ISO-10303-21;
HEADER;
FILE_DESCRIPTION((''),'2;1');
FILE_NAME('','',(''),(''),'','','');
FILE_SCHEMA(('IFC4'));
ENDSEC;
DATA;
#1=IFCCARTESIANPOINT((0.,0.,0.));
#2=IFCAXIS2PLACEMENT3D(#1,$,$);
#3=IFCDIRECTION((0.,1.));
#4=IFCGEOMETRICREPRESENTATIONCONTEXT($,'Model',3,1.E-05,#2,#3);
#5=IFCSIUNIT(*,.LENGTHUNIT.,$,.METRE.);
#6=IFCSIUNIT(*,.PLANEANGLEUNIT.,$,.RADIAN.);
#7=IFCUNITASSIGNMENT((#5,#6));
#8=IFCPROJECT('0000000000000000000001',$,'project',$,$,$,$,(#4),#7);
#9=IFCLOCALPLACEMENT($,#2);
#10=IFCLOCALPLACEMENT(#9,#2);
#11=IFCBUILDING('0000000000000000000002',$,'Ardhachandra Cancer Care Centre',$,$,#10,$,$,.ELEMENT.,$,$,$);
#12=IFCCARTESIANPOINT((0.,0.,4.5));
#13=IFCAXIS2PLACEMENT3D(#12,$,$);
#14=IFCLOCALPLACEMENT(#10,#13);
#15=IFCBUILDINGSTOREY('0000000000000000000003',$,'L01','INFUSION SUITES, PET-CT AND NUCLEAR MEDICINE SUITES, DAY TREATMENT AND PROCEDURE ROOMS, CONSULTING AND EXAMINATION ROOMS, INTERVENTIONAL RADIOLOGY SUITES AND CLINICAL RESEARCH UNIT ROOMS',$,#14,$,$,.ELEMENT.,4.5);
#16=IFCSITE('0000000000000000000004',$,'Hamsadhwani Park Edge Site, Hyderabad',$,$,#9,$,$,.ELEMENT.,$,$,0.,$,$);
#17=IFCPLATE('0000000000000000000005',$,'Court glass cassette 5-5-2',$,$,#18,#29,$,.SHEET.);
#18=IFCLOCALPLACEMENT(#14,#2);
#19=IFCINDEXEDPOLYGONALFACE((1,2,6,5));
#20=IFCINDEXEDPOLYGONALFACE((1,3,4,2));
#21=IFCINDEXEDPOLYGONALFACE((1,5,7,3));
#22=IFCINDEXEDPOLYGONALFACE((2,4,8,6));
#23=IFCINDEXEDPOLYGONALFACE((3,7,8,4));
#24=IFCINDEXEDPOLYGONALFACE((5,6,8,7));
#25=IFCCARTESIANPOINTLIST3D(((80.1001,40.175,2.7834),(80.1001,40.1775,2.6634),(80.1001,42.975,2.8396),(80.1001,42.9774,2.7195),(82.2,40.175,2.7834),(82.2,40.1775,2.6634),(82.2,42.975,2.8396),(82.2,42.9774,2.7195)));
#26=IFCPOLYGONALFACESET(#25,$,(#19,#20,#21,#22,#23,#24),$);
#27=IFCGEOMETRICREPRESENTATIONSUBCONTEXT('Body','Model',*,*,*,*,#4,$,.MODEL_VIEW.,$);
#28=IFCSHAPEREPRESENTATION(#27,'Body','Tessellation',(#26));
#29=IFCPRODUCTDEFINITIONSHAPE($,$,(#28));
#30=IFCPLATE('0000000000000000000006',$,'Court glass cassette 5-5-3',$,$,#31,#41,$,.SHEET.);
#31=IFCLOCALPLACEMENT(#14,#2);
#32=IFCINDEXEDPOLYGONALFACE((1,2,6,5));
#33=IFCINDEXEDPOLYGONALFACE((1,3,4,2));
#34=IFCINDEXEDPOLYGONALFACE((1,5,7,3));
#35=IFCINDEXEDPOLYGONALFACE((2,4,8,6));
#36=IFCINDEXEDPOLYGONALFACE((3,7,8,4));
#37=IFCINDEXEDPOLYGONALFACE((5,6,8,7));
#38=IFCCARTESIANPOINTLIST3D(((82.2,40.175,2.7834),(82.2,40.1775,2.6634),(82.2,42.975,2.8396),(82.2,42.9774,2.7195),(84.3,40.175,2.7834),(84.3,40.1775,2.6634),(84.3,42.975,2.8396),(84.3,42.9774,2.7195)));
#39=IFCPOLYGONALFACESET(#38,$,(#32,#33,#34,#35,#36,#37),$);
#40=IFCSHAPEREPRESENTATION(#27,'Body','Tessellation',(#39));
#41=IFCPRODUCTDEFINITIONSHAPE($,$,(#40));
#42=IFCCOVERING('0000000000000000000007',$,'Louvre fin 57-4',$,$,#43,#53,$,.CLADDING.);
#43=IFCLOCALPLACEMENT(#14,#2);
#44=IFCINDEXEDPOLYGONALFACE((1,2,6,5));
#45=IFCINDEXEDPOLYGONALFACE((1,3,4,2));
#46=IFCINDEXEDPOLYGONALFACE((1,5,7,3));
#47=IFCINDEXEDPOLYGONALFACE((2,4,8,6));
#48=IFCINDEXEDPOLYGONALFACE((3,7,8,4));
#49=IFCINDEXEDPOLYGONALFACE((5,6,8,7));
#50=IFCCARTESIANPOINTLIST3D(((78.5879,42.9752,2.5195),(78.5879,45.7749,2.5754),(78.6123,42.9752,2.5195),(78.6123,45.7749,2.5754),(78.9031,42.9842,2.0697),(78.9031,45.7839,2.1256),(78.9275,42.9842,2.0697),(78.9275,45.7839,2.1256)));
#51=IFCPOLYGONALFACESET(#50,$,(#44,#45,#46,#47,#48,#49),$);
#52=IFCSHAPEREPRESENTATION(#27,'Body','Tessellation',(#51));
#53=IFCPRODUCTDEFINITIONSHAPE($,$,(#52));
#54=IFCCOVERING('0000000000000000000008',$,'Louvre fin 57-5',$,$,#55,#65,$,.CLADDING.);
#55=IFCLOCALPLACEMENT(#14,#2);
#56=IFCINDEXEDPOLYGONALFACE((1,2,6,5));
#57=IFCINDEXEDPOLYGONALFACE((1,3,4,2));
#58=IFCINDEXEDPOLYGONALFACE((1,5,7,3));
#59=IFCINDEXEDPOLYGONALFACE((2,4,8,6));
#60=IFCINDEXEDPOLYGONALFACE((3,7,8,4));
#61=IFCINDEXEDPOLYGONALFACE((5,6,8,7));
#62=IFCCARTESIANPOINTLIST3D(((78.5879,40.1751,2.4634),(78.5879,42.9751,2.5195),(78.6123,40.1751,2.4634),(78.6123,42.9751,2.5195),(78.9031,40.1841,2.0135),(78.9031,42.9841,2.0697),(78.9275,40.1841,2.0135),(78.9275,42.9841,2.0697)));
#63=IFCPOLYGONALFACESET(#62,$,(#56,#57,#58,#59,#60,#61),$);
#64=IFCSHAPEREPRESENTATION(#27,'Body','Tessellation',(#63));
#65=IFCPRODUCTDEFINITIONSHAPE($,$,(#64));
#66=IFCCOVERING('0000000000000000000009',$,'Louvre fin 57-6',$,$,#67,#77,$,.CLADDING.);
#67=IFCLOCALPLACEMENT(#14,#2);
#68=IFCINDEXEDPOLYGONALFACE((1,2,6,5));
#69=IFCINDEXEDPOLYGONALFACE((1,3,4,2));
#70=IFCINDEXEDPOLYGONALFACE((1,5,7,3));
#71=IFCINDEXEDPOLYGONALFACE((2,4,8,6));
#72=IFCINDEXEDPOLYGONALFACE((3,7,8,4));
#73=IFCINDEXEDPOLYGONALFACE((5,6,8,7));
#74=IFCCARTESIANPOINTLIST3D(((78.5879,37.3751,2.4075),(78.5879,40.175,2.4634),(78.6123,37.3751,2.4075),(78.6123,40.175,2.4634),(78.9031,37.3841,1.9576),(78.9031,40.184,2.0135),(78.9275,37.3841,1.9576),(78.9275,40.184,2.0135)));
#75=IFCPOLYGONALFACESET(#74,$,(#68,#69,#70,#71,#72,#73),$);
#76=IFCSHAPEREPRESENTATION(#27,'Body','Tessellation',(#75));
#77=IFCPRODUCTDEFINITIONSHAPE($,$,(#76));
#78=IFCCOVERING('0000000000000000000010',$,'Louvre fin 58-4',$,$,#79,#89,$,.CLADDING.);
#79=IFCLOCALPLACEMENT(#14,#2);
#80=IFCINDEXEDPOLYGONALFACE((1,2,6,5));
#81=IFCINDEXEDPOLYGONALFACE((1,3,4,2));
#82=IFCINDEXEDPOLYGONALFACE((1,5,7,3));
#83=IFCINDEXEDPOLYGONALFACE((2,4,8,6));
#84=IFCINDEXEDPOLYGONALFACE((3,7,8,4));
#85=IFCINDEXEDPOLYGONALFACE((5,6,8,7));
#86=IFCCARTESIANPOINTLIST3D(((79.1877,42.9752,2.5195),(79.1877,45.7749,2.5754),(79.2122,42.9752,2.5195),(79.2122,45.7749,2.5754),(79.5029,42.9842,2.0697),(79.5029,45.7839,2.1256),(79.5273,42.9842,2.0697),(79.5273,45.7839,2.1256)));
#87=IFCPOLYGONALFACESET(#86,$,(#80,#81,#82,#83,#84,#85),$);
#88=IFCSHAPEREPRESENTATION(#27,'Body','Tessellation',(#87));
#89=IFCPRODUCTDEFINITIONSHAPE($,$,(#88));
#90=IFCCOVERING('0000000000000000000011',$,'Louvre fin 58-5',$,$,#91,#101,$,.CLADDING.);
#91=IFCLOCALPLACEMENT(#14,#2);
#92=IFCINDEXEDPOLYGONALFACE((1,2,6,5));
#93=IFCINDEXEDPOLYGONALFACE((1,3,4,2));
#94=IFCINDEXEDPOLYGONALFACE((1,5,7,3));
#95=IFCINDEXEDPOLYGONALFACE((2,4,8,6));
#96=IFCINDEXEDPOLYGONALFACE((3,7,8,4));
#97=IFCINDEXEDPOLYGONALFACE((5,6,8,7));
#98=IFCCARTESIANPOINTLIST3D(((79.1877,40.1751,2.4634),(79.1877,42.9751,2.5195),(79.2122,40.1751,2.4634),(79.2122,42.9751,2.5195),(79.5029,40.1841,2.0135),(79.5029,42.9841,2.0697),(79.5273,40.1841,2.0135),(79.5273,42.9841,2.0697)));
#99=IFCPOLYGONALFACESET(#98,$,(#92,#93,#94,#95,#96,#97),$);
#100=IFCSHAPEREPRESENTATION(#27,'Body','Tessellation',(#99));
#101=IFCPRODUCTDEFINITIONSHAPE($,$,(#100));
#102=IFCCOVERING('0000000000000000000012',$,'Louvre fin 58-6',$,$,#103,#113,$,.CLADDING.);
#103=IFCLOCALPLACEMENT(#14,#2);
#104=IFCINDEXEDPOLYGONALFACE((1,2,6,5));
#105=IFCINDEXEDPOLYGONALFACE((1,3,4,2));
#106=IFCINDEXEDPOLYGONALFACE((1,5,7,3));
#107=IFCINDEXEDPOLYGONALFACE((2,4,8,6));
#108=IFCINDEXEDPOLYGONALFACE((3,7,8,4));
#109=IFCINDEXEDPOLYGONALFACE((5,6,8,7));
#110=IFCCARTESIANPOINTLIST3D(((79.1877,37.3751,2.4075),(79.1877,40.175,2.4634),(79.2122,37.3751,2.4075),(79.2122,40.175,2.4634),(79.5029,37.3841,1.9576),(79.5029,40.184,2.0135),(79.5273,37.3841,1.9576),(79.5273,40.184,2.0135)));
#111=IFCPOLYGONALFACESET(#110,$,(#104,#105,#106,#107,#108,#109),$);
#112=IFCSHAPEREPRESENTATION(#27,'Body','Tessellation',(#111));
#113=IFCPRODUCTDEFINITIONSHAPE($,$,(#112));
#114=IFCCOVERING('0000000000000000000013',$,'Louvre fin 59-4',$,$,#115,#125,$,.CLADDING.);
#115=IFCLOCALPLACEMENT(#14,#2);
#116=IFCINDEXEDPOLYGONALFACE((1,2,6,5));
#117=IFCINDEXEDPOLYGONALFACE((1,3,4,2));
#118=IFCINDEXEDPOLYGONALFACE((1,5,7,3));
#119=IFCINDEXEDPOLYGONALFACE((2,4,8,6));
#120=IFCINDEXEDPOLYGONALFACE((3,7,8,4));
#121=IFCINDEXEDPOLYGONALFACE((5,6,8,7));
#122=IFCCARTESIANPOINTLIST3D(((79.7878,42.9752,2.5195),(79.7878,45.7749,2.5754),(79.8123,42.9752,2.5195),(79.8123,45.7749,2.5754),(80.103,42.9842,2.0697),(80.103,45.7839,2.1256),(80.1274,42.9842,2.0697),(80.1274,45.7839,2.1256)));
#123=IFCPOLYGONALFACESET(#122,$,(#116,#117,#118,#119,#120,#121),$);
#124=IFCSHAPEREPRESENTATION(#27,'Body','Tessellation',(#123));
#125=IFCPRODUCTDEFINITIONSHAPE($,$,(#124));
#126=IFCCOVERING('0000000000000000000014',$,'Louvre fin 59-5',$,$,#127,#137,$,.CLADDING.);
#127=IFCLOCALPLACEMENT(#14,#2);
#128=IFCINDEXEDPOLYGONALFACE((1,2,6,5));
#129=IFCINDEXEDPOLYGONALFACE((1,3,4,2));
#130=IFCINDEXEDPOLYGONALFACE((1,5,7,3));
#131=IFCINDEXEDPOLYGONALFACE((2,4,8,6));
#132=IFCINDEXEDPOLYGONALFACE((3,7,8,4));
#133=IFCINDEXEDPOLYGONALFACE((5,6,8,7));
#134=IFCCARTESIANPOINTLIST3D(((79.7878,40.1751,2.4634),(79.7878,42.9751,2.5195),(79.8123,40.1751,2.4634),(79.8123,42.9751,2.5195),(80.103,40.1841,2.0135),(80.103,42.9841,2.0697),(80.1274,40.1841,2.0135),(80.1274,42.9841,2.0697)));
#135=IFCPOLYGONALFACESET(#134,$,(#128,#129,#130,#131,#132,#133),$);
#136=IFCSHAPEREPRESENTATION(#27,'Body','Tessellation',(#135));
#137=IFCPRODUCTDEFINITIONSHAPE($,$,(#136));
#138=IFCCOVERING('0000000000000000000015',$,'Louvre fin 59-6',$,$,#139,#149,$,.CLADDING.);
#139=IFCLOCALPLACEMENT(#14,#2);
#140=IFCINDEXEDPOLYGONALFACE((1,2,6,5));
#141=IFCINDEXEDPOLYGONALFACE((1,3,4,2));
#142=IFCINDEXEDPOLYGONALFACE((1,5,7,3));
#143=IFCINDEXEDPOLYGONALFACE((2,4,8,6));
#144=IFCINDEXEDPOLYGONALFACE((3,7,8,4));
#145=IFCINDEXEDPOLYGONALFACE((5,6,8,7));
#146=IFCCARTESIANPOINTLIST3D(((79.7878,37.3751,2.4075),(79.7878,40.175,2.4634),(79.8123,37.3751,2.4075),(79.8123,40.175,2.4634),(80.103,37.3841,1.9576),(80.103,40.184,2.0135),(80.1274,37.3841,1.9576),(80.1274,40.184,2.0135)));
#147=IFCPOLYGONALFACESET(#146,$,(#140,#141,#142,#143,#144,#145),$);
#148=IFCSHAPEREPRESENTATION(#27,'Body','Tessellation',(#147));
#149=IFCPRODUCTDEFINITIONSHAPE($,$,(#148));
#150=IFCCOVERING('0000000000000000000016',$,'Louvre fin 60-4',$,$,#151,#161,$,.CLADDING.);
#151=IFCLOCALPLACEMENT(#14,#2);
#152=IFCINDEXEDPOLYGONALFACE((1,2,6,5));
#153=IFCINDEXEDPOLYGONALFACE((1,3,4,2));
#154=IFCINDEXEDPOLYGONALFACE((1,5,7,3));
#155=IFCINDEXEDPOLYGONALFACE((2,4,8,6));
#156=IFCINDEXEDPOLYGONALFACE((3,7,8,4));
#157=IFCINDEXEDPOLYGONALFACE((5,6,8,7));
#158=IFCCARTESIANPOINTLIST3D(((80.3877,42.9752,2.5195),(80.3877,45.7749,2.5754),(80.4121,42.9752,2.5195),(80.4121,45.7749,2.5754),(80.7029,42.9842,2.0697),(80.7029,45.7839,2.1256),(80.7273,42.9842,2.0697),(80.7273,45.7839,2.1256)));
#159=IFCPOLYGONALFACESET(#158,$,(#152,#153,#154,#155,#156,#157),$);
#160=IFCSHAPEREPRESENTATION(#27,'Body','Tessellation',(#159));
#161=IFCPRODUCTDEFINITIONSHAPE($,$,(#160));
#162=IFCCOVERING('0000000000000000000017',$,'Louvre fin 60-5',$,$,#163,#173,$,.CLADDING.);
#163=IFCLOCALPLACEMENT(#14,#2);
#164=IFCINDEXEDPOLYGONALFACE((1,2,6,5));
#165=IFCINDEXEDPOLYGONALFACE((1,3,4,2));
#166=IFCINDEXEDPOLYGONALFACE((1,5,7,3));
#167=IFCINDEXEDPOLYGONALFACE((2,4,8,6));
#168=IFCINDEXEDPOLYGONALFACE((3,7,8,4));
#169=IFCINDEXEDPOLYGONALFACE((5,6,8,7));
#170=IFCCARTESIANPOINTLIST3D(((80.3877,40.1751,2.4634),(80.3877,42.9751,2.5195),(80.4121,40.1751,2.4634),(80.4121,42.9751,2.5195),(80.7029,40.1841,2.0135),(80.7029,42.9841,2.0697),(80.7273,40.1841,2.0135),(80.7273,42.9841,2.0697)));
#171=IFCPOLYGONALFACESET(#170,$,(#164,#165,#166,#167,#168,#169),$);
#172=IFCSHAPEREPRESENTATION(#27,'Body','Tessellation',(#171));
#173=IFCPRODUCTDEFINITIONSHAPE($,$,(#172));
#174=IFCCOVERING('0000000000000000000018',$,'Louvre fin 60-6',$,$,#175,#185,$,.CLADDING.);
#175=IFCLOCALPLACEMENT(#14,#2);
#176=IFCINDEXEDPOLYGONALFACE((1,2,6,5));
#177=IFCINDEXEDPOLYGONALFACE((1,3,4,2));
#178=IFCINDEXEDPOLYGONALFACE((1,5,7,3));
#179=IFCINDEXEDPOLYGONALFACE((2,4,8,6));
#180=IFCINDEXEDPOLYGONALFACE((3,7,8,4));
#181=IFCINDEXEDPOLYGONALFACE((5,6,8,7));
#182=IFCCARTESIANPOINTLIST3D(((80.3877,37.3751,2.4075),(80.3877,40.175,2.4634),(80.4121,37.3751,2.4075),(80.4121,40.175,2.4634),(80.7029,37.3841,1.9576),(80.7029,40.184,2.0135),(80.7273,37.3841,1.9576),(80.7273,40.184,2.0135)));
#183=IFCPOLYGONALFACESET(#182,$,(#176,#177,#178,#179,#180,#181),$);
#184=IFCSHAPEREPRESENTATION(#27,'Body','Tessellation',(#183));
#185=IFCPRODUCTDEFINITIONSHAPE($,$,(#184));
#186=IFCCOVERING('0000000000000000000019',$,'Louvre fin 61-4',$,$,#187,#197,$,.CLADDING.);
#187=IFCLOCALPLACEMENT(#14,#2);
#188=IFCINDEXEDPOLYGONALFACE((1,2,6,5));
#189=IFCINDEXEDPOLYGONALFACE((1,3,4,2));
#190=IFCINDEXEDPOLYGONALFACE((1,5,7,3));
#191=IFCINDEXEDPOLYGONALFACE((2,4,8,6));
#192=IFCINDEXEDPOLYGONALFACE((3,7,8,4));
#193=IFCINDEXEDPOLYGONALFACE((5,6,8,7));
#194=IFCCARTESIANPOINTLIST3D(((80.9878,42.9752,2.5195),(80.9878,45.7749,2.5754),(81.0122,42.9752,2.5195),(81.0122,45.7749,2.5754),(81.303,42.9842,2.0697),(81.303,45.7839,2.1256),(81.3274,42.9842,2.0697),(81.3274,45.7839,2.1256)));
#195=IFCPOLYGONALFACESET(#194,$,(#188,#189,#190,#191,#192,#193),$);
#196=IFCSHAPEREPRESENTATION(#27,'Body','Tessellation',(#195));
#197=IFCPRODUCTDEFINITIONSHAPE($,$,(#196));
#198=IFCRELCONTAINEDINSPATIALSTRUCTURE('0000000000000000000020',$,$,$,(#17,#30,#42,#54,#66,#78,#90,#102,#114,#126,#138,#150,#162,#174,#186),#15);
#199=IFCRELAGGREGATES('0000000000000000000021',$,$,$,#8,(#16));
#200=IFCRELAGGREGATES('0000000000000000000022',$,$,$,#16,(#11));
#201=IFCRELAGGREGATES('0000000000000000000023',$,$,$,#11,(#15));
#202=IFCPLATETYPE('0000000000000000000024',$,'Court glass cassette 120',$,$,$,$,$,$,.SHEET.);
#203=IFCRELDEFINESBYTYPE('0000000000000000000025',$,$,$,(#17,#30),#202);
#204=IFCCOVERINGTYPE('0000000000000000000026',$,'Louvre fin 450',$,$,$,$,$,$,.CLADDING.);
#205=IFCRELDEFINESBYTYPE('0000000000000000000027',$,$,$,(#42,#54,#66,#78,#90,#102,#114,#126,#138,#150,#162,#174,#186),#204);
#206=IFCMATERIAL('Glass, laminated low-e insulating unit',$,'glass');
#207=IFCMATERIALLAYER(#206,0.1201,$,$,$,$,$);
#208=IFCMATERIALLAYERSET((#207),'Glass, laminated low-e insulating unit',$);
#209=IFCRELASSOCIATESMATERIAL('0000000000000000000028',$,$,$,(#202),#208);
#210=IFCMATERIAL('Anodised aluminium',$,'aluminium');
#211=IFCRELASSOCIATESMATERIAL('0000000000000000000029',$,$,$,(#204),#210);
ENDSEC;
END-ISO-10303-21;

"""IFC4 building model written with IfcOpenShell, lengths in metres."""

from ifc_helpers import new_model, si_unit, direction, frame, origin, place, context, subcontext, project, spatial, polyline, outline, extrude, material, layer, layer_set, material_profile, profile_set, type_object, element, save


model = new_model("IFC4")

# Units and contexts
model_context = context("Model", 3, precision=1e-05, world=origin(), true_north=direction((0.0, 1.0)))
body_context = subcontext(model_context, "Body", "Model", "MODEL_VIEW")
ifc_project = project(units=[si_unit("LENGTHUNIT", "METRE"), si_unit("PLANEANGLEUNIT", "RADIAN")], contexts=[model_context])

# Site, building, storey
site_placement = place(None, origin())
site = spatial("IfcSite", under=ifc_project, at=site_placement, Name="Hamsadhwani Park Edge Site, Hyderabad", CompositionType="ELEMENT", RefElevation=0.0)
building_placement = place(site_placement, origin())
building = spatial("IfcBuilding", under=site, at=building_placement, Name="Ardhachandra Cancer Care Centre", CompositionType="ELEMENT")
storey_placement = place(building_placement, frame((0.0, 0.0, 4.5)))
storey = spatial("IfcBuildingStorey", under=building, at=storey_placement, Name="L01", Description="INFUSION SUITES, PET-CT AND NUCLEAR MEDICINE SUITES, DAY TREATMENT AND PROCEDURE ROOMS, CONSULTING AND EXAMINATION ROOMS, INTERVENTIONAL RADIOLOGY SUITES AND CLINICAL RESEARCH UNIT ROOMS", CompositionType="ELEMENT", Elevation=4.5)

# Plates
ifc_material_1 = material(Name="Glass, laminated low-e insulating unit", Category="glass")
ifc_layer = layer(ifc_material_1, 0.1201)
ifc_layer_set = layer_set([ifc_layer], Name="Glass, laminated low-e insulating unit")
plate_type = type_object("IfcPlateType", Name="Court glass cassette 120", PredefinedType="SHEET", material=ifc_layer_set)
plate_1_placement = place(storey_placement, frame((80.1001, 40.175, 2.7834), z_axis=(0.0, -0.02005, 0.999799), x_axis=(0.0, 0.999799, 0.02005)))
element("IfcPlate", 1, at=plate_1_placement, inside=storey, type_object=plate_type, Name="Court glass cassette 5-5-2", PredefinedType="SHEET", context=body_context, shape_type="SweptSolid", body=[
    extrude(outline(polyline([(0.0, -2.0999), (2.8005, -2.0999), (2.8005, 0.0), (0.0, 0.0), (0.0, -2.0999)])), frame((0.0, 0.0, -0.1201)), (0.0, 0.0, 1.0), 0.1201),
])
plate_2_placement = place(storey_placement, frame((82.2, 40.175, 2.7834), z_axis=(0.0, -0.02005, 0.999799), x_axis=(0.0, 0.999799, 0.02005)))
element("IfcPlate", 2, at=plate_2_placement, inside=storey, type_object=plate_type, Name="Court glass cassette 5-5-3", PredefinedType="SHEET", context=body_context, shape_type="SweptSolid", body=[
    extrude(outline(polyline([(0.0, -2.1001), (2.8005, -2.1001), (2.8005, 0.0), (0.0, 0.0), (0.0, -2.1001)])), frame((0.0, 0.0, -0.1201)), (0.0, 0.0, 1.0), 0.1201),
])

# Coverings
ifc_material_2 = material(Name="Anodised aluminium", Category="aluminium")
ifc_material_profile_1 = material_profile(ifc_material_2, outline(polyline([(-0.0122, 0.0), (0.0122, 0.0), (0.3274, -0.45), (0.303, -0.45), (-0.0122, 0.0)])), Name="Louvre fin 450")
ifc_profile_set_1 = profile_set([ifc_material_profile_1], Name="Anodised aluminium")
covering_type = type_object("IfcCoveringType", Name="Louvre fin 450", PredefinedType="CLADDING", material=ifc_profile_set_1)
covering_1_placement = place(storey_placement, frame((78.6001, 45.7749, 2.5754), z_axis=(0.0, -0.999801, -0.019965), x_axis=(1.0, 0.0, 0.0)))
element("IfcCovering", 3, at=covering_1_placement, inside=storey, type_object=covering_type, Name="Louvre fin 57-4", PredefinedType="CLADDING", context=body_context, shape_type="SweptSolid", body=[
    extrude(outline(polyline([(-0.0122, 0.0), (0.0122, 0.0), (0.3274, -0.45), (0.303, -0.45), (-0.0122, 0.0)])), origin(), (0.0, 0.0, 1.0), 2.8003),
])
for number, where, z_axis, x_axis, name in (
    (4, (78.6001, 42.9751, 2.5195), (0.0, -0.999799, -0.02005), (1.0, 0.0, 0.0), "Louvre fin 57-5"),
    (5, (78.6001, 40.175, 2.4634), (0.0, -0.999801, -0.019963), (1.0, 0.0, 0.0), "Louvre fin 57-6"),
):
    element("IfcCovering", number, at=place(storey_placement, frame(where, z_axis=z_axis, x_axis=x_axis)), inside=storey, type_object=covering_type, Name=name, PredefinedType="CLADDING", context=body_context, shape_type="SweptSolid", body=[
        extrude(outline(polyline([(-0.0122, 0.0), (0.0122, 0.0), (0.3274, -0.45), (0.303, -0.45), (-0.0122, 0.0)])), origin(), (0.0, 0.0, 1.0), 2.8005),
    ])
covering_2_placement = place(storey_placement, frame((79.2, 45.7749, 2.5754), z_axis=(0.0, -0.999801, -0.019965), x_axis=(1.0, 0.0, 0.0)))
element("IfcCovering", 6, at=covering_2_placement, inside=storey, type_object=covering_type, Name="Louvre fin 58-4", PredefinedType="CLADDING", context=body_context, shape_type="SweptSolid", body=[
    extrude(outline(polyline([(-0.0122, 0.0), (0.0122, 0.0), (0.3274, -0.45), (0.303, -0.45), (-0.0122, 0.0)])), origin(), (0.0, 0.0, 1.0), 2.8003),
])
for number, where, z_axis, x_axis, name in (
    (7, (79.2, 42.9751, 2.5195), (0.0, -0.999799, -0.02005), (1.0, 0.0, 0.0), "Louvre fin 58-5"),
    (8, (79.2, 40.175, 2.4634), (0.0, -0.999801, -0.019963), (1.0, 0.0, 0.0), "Louvre fin 58-6"),
):
    element("IfcCovering", number, at=place(storey_placement, frame(where, z_axis=z_axis, x_axis=x_axis)), inside=storey, type_object=covering_type, Name=name, PredefinedType="CLADDING", context=body_context, shape_type="SweptSolid", body=[
        extrude(outline(polyline([(-0.0122, 0.0), (0.0122, 0.0), (0.3274, -0.45), (0.303, -0.45), (-0.0122, 0.0)])), origin(), (0.0, 0.0, 1.0), 2.8005),
    ])
covering_3_placement = place(storey_placement, frame((79.8, 45.7749, 2.5754), z_axis=(0.0, -0.999801, -0.019965), x_axis=(1.0, 0.0, 0.0)))
element("IfcCovering", 9, at=covering_3_placement, inside=storey, type_object=covering_type, Name="Louvre fin 59-4", PredefinedType="CLADDING", context=body_context, shape_type="SweptSolid", body=[
    extrude(outline(polyline([(-0.0122, 0.0), (0.0122, 0.0), (0.3274, -0.45), (0.303, -0.45), (-0.0122, 0.0)])), origin(), (0.0, 0.0, 1.0), 2.8003),
])
for number, where, z_axis, x_axis, name in (
    (10, (79.8, 42.9751, 2.5195), (0.0, -0.999799, -0.02005), (1.0, 0.0, 0.0), "Louvre fin 59-5"),
    (11, (79.8, 40.175, 2.4634), (0.0, -0.999801, -0.019963), (1.0, 0.0, 0.0), "Louvre fin 59-6"),
):
    element("IfcCovering", number, at=place(storey_placement, frame(where, z_axis=z_axis, x_axis=x_axis)), inside=storey, type_object=covering_type, Name=name, PredefinedType="CLADDING", context=body_context, shape_type="SweptSolid", body=[
        extrude(outline(polyline([(-0.0122, 0.0), (0.0122, 0.0), (0.3274, -0.45), (0.303, -0.45), (-0.0122, 0.0)])), origin(), (0.0, 0.0, 1.0), 2.8005),
    ])
covering_4_placement = place(storey_placement, frame((80.3999, 45.7749, 2.5754), z_axis=(0.0, -0.999801, -0.019965), x_axis=(1.0, 0.0, 0.0)))
element("IfcCovering", 12, at=covering_4_placement, inside=storey, type_object=covering_type, Name="Louvre fin 60-4", PredefinedType="CLADDING", context=body_context, shape_type="SweptSolid", body=[
    extrude(outline(polyline([(-0.0122, 0.0), (0.0122, 0.0), (0.3274, -0.45), (0.303, -0.45), (-0.0122, 0.0)])), origin(), (0.0, 0.0, 1.0), 2.8003),
])
for number, where, z_axis, x_axis, name in (
    (13, (80.3999, 42.9751, 2.5195), (0.0, -0.999799, -0.02005), (1.0, 0.0, 0.0), "Louvre fin 60-5"),
    (14, (80.3999, 40.175, 2.4634), (0.0, -0.999801, -0.019963), (1.0, 0.0, 0.0), "Louvre fin 60-6"),
):
    element("IfcCovering", number, at=place(storey_placement, frame(where, z_axis=z_axis, x_axis=x_axis)), inside=storey, type_object=covering_type, Name=name, PredefinedType="CLADDING", context=body_context, shape_type="SweptSolid", body=[
        extrude(outline(polyline([(-0.0122, 0.0), (0.0122, 0.0), (0.3274, -0.45), (0.303, -0.45), (-0.0122, 0.0)])), origin(), (0.0, 0.0, 1.0), 2.8005),
    ])
covering_5_placement = place(storey_placement, frame((81.0, 45.7749, 2.5754), z_axis=(0.0, -0.999801, -0.019965), x_axis=(1.0, 0.0, 0.0)))
element("IfcCovering", 15, at=covering_5_placement, inside=storey, type_object=covering_type, Name="Louvre fin 61-4", PredefinedType="CLADDING", context=body_context, shape_type="SweptSolid", body=[
    extrude(outline(polyline([(-0.0122, 0.0), (0.0122, 0.0), (0.3274, -0.45), (0.303, -0.45), (-0.0122, 0.0)])), origin(), (0.0, 0.0, 1.0), 2.8003),
])

save(model, "model.ifc")
